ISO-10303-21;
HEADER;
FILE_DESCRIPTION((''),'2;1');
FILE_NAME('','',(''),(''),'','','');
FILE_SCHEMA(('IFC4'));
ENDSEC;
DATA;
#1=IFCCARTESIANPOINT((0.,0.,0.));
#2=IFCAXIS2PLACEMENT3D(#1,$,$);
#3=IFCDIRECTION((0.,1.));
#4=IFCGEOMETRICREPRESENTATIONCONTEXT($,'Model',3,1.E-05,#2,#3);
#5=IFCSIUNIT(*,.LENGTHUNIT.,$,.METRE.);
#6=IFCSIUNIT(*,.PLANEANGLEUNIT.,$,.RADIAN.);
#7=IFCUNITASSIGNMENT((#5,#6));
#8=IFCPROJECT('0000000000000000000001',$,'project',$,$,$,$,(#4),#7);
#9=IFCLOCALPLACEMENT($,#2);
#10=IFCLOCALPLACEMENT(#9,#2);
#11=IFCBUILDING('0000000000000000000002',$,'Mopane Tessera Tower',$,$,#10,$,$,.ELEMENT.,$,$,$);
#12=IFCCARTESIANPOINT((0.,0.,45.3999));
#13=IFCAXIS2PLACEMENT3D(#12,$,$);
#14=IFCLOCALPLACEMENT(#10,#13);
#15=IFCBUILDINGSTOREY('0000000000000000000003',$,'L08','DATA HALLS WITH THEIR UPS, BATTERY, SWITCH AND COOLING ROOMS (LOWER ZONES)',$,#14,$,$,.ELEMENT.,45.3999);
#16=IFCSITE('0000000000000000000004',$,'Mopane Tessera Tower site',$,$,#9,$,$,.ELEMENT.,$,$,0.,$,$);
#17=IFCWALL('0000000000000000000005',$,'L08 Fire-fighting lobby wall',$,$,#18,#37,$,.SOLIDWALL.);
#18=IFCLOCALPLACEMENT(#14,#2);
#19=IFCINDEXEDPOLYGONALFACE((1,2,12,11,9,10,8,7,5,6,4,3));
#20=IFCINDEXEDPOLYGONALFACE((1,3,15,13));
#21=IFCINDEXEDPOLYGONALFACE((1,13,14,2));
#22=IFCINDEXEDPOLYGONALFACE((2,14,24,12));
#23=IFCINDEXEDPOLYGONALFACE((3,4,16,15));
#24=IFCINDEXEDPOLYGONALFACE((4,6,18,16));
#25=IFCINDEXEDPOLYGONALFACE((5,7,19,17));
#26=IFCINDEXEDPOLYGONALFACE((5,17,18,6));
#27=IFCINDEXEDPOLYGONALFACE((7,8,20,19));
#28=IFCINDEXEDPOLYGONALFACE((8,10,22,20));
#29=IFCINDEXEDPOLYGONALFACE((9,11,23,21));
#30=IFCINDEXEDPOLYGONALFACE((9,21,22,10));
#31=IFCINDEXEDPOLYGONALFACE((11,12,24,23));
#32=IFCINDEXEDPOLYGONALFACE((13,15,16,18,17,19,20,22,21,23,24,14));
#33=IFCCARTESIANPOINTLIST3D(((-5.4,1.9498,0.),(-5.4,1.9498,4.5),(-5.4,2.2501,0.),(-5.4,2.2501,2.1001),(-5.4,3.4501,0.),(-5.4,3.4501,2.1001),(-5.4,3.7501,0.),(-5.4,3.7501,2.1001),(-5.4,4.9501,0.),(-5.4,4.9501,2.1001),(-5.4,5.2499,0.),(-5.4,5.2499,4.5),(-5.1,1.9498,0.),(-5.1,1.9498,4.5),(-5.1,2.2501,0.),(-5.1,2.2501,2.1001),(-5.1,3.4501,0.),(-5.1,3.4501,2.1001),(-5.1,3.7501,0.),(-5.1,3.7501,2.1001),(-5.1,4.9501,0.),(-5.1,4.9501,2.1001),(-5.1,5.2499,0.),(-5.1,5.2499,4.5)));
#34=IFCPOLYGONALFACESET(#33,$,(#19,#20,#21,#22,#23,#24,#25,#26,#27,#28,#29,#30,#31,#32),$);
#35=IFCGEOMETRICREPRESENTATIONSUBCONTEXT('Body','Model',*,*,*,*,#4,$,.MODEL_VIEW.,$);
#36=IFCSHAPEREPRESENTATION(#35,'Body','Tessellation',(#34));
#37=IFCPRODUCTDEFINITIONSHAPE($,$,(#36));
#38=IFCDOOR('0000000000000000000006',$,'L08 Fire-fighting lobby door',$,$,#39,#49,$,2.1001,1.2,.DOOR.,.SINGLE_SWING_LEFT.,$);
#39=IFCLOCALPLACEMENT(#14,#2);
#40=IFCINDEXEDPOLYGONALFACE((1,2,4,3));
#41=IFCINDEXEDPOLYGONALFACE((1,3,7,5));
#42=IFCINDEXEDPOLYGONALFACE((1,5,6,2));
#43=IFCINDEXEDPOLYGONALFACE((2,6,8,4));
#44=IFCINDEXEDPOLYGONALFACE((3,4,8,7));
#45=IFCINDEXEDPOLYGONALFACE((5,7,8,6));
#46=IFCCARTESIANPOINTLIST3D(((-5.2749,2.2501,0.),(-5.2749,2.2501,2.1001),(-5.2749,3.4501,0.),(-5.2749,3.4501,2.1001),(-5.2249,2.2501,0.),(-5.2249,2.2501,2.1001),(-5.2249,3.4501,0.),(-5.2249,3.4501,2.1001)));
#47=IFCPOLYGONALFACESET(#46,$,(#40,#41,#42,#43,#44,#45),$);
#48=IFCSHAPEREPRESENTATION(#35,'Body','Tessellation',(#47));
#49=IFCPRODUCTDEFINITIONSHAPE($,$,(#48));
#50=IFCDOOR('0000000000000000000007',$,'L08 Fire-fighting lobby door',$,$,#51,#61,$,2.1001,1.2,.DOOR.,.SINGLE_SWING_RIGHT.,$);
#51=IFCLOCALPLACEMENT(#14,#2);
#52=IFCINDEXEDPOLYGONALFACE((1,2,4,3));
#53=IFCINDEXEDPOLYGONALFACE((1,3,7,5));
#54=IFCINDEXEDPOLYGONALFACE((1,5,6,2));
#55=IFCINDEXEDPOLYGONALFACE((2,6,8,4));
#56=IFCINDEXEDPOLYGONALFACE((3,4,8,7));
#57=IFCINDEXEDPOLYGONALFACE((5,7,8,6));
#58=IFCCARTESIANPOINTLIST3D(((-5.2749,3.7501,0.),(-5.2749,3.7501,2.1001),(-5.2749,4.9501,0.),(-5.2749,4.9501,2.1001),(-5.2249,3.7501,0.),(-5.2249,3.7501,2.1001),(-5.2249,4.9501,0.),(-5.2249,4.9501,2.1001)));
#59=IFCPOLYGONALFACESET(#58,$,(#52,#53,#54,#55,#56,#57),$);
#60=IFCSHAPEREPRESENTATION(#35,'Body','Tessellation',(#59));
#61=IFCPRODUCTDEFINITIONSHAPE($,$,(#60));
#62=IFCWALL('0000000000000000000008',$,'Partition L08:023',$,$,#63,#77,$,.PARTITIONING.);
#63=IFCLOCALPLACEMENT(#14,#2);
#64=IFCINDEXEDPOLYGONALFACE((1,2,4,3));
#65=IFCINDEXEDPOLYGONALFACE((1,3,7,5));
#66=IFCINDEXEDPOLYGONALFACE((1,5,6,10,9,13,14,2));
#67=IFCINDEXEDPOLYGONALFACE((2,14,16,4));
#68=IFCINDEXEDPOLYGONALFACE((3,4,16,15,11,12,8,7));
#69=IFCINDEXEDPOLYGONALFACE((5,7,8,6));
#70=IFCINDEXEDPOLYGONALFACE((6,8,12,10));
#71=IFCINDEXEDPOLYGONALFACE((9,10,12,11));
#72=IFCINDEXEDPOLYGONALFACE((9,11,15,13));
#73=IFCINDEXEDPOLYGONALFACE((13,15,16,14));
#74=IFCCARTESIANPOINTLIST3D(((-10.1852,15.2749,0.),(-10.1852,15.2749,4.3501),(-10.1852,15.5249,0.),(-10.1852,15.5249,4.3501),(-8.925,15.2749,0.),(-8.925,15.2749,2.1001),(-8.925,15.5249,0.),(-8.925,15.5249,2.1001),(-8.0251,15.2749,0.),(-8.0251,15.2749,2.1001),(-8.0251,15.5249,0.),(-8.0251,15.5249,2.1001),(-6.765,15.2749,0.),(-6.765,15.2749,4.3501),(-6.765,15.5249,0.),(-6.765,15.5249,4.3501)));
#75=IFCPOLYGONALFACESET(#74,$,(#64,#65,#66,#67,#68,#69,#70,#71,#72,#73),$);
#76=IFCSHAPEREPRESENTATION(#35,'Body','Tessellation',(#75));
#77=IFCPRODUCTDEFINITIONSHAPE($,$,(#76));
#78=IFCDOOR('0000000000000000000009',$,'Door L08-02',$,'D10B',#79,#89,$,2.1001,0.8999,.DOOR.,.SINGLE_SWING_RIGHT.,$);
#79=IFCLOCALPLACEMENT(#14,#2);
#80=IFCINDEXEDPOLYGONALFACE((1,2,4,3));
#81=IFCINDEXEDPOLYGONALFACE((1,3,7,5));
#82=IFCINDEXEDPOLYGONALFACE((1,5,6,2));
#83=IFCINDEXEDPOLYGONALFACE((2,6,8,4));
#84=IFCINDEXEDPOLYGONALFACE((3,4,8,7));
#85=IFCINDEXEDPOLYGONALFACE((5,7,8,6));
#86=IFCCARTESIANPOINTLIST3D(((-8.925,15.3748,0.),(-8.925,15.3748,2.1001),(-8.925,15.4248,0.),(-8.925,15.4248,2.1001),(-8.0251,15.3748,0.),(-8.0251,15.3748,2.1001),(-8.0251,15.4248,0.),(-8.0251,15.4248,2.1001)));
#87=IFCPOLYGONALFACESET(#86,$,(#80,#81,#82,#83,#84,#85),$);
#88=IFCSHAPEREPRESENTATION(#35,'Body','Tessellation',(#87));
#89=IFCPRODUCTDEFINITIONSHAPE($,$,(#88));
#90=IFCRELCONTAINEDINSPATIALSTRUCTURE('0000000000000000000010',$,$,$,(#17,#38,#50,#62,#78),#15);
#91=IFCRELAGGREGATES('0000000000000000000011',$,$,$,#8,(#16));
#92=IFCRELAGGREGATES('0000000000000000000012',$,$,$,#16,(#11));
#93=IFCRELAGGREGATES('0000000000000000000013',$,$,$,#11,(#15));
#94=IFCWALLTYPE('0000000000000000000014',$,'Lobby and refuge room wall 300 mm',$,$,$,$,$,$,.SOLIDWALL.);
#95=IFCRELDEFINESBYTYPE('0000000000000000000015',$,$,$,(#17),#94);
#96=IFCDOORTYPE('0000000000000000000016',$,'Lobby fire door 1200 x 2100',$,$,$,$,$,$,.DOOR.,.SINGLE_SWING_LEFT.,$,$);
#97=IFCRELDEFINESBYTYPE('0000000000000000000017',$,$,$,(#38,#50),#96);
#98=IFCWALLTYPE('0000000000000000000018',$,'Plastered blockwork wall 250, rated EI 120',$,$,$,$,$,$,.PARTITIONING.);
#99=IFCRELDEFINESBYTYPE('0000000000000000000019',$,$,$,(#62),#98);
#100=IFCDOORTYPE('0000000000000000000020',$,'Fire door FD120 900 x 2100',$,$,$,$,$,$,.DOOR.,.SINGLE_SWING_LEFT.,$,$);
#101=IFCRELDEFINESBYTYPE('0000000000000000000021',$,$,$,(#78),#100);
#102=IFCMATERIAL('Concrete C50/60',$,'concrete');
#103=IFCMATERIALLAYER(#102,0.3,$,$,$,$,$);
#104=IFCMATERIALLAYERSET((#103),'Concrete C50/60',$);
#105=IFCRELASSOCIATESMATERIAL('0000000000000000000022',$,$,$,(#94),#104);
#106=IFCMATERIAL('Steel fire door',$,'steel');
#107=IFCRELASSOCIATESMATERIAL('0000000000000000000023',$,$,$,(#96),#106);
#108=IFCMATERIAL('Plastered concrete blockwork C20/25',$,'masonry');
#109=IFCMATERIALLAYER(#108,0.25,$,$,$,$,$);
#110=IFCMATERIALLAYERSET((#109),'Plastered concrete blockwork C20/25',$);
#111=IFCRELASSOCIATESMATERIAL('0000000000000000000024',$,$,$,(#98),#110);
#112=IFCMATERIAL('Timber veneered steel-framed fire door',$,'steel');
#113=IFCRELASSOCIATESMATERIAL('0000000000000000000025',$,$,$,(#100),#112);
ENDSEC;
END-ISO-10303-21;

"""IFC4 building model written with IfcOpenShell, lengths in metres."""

from ifc_helpers import new_model, si_unit, direction, frame, frame_2d, origin, place, context, subcontext, project, spatial, rectangle, extrude, material, layer, layer_set, type_object, element, fill, save


model = new_model("IFC4")

# Units and contexts
model_context = context("Model", 3, precision=1e-05, world=origin(), true_north=direction((0.0, 1.0)))
body_context = subcontext(model_context, "Body", "Model", "MODEL_VIEW")
ifc_project = project(units=[si_unit("LENGTHUNIT", "METRE"), si_unit("PLANEANGLEUNIT", "RADIAN")], contexts=[model_context])

# Site, building, storey
site_placement = place(None, origin())
site = spatial("IfcSite", under=ifc_project, at=site_placement, Name="Mopane Tessera Tower site", CompositionType="ELEMENT", RefElevation=0.0)
building_placement = place(site_placement, origin())
building = spatial("IfcBuilding", under=site, at=building_placement, Name="Mopane Tessera Tower", CompositionType="ELEMENT")
storey_placement = place(building_placement, frame((0.0, 0.0, 45.3999)))
storey = spatial("IfcBuildingStorey", under=building, at=storey_placement, Name="L08", Description="DATA HALLS WITH THEIR UPS, BATTERY, SWITCH AND COOLING ROOMS (LOWER ZONES)", CompositionType="ELEMENT", Elevation=45.3999)

# Wall, openings, doors
ifc_material_1 = material(Name="Concrete C50/60", Category="concrete")
ifc_layer_1 = layer(ifc_material_1, 0.3)
ifc_layer_set_1 = layer_set([ifc_layer_1], Name="Concrete C50/60")
wall_type_1 = type_object("IfcWallType", Name="Lobby and refuge room wall 300 mm", PredefinedType="SOLIDWALL", material=ifc_layer_set_1)
wall_1_placement = place(storey_placement, frame((-5.25, 1.95, 0.0), z_axis=(0.0, 0.0, 1.0), x_axis=(0.0, 1.0, 0.0)))
wall_1 = element("IfcWall", 1, at=wall_1_placement, inside=storey, type_object=wall_type_1, Name="L08 Fire-fighting lobby wall", PredefinedType="SOLIDWALL", context=body_context, shape_type="SweptSolid", body=[
    extrude(rectangle(XDim=3.3, YDim=0.3, at=frame_2d((1.6499, 0.0))), origin(), (0.0, 0.0, 1.0), 4.5),
])
opening_1_placement = place(wall_1_placement, frame((0.3, 0.0, 0.0)))
opening_1 = element("IfcOpeningElement", 2, at=opening_1_placement, cuts=wall_1, PredefinedType="OPENING", context=body_context, shape_type="SweptSolid", body=[
    extrude(rectangle(XDim=1.2, YDim=2.1001, at=frame_2d((0.6001, 1.05))), frame((0.0, 0.1621, 0.0), z_axis=(0.0, -1.0, 0.0), x_axis=(1.0, 0.0, 0.0)), (0.0, 0.0, 1.0), 0.324),
])
opening_2_placement = place(wall_1_placement, frame((1.8, 0.0, 0.0)))
opening_2 = element("IfcOpeningElement", 3, at=opening_2_placement, cuts=wall_1, PredefinedType="OPENING", context=body_context, shape_type="SweptSolid", body=[
    extrude(rectangle(XDim=1.2, YDim=2.1001, at=frame_2d((0.6001, 1.05))), frame((0.0, 0.1621, 0.0), z_axis=(0.0, -1.0, 0.0), x_axis=(1.0, 0.0, 0.0)), (0.0, 0.0, 1.0), 0.324),
])
ifc_material_2 = material(Name="Steel fire door", Category="steel")
door_type_1 = type_object("IfcDoorType", Name="Lobby fire door 1200 x 2100", OperationType="SINGLE_SWING_LEFT", PredefinedType="DOOR", material=ifc_material_2)
door_1_placement = place(opening_1_placement, origin())
door_1 = element("IfcDoor", 4, at=door_1_placement, inside=storey, type_object=door_type_1, Name="L08 Fire-fighting lobby door", OperationType="SINGLE_SWING_LEFT", OverallHeight=2.1001, OverallWidth=1.2, PredefinedType="DOOR", context=body_context, shape_type="SweptSolid", body=[
    extrude(rectangle(XDim=1.2, YDim=2.1001, at=frame_2d((0.6001, 1.05))), frame((0.0, 0.0249, 0.0), z_axis=(0.0, -1.0, 0.0), x_axis=(1.0, 0.0, 0.0)), (0.0, 0.0, 1.0), 0.05),
])
fill(opening_1, door_1)
door_2_placement = place(opening_2_placement, origin())
door_2 = element("IfcDoor", 5, at=door_2_placement, inside=storey, type_object=door_type_1, Name="L08 Fire-fighting lobby door", OperationType="SINGLE_SWING_RIGHT", OverallHeight=2.1001, OverallWidth=1.2, PredefinedType="DOOR", context=body_context, shape_type="SweptSolid", body=[
    extrude(rectangle(XDim=1.2, YDim=2.1001, at=frame_2d((0.6001, 1.05))), frame((0.0, 0.0249, 0.0), z_axis=(0.0, -1.0, 0.0), x_axis=(1.0, 0.0, 0.0)), (0.0, 0.0, 1.0), 0.05),
])
fill(opening_2, door_2)

# Wall, opening, door
ifc_material_3 = material(Name="Plastered concrete blockwork C20/25", Category="masonry")
ifc_layer_2 = layer(ifc_material_3, 0.25)
ifc_layer_set_2 = layer_set([ifc_layer_2], Name="Plastered concrete blockwork C20/25")
wall_type_2 = type_object("IfcWallType", Name="Plastered blockwork wall 250, rated EI 120", PredefinedType="PARTITIONING", material=ifc_layer_set_2)
wall_2_placement = place(storey_placement, frame((-10.1851, 15.3999, 0.0), z_axis=(0.0, 0.0, 1.0), x_axis=(1.0, 0.0, 0.0)))
wall_2 = element("IfcWall", 6, at=wall_2_placement, inside=storey, type_object=wall_type_2, Name="Partition L08:023", PredefinedType="PARTITIONING", context=body_context, shape_type="SweptSolid", body=[
    extrude(rectangle(XDim=3.4202, YDim=0.25, at=frame_2d((1.71, 0.0))), origin(), (0.0, 0.0, 1.0), 4.3501),
])
opening_3_placement = place(wall_2_placement, frame((1.26, 0.0, 0.0)))
opening_3 = element("IfcOpeningElement", 7, at=opening_3_placement, cuts=wall_2, PredefinedType="OPENING", context=body_context, shape_type="SweptSolid", body=[
    extrude(rectangle(XDim=0.8999, YDim=2.1001, at=frame_2d((0.45, 1.05))), frame((0.0, 0.137, 0.0), z_axis=(0.0, -1.0, 0.0), x_axis=(1.0, 0.0, 0.0)), (0.0, 0.0, 1.0), 0.2739),
])
ifc_material_4 = material(Name="Timber veneered steel-framed fire door", Category="steel")
door_type_2 = type_object("IfcDoorType", Name="Fire door FD120 900 x 2100", OperationType="SINGLE_SWING_LEFT", PredefinedType="DOOR", material=ifc_material_4)
door_3_placement = place(opening_3_placement, origin())
door_3 = element("IfcDoor", 8, at=door_3_placement, inside=storey, type_object=door_type_2, Name="Door L08-02", ObjectType="D10B", OperationType="SINGLE_SWING_RIGHT", OverallHeight=2.1001, OverallWidth=0.8999, PredefinedType="DOOR", context=body_context, shape_type="SweptSolid", body=[
    extrude(rectangle(XDim=0.8999, YDim=2.1001, at=frame_2d((0.45, 1.05))), frame((0.0, 0.0249, 0.0), z_axis=(0.0, -1.0, 0.0), x_axis=(1.0, 0.0, 0.0)), (0.0, 0.0, 1.0), 0.05),
])
fill(opening_3, door_3)

save(model, "model.ifc")
